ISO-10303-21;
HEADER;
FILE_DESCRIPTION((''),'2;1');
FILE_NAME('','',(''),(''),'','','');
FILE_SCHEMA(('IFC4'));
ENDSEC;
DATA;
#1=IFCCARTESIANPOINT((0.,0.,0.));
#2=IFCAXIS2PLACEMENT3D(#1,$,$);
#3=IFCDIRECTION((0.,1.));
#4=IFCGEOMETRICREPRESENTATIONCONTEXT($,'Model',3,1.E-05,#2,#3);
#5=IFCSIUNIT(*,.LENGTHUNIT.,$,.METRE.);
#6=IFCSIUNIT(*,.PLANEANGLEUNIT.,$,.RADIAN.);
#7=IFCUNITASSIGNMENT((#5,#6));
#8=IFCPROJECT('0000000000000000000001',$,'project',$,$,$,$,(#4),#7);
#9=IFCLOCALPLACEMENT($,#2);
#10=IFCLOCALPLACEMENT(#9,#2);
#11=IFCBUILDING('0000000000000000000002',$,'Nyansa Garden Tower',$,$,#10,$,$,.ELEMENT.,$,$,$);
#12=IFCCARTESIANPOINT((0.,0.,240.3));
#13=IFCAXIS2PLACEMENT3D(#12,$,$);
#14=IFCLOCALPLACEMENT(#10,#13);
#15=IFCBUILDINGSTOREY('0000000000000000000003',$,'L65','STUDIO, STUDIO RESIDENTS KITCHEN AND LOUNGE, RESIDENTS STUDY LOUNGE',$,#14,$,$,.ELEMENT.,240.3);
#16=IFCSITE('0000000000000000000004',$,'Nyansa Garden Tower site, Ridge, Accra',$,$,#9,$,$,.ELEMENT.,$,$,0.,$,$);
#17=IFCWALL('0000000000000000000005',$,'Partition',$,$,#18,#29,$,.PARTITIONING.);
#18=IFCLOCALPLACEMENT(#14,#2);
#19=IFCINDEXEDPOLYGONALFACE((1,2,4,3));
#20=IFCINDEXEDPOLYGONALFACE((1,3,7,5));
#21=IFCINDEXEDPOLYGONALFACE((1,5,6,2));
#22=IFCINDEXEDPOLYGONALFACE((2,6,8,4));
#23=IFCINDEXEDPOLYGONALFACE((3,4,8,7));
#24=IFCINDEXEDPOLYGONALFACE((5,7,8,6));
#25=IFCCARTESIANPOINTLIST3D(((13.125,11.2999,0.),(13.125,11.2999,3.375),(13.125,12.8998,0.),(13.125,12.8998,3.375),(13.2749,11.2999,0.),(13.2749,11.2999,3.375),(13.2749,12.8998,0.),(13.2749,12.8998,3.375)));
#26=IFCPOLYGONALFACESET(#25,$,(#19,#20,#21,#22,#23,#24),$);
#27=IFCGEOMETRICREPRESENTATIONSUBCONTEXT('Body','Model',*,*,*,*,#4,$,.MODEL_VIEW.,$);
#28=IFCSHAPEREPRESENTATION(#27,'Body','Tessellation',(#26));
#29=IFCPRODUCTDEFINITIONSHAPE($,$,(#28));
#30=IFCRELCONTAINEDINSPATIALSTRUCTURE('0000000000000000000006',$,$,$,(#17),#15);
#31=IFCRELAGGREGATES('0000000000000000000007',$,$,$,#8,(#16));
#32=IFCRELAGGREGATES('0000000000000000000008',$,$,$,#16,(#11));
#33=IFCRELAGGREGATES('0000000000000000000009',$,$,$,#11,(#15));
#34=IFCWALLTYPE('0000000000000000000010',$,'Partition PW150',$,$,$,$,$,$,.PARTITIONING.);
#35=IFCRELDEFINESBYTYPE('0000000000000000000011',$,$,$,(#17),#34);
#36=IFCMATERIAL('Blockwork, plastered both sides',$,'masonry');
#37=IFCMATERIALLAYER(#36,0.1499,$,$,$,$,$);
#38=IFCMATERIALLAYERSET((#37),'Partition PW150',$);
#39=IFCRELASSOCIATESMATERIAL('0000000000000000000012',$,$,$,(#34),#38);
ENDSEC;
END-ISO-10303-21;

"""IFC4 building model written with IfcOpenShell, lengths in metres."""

from ifc_helpers import new_model, si_unit, direction, frame, frame_2d, origin, place, context, subcontext, project, spatial, rectangle, extrude, material, layer, layer_set, type_object, element, save


model = new_model("IFC4")

# Units and contexts
model_context = context("Model", 3, precision=1e-05, world=origin(), true_north=direction((0.0, 1.0)))
body_context = subcontext(model_context, "Body", "Model", "MODEL_VIEW")
ifc_project = project(units=[si_unit("LENGTHUNIT", "METRE"), si_unit("PLANEANGLEUNIT", "RADIAN")], contexts=[model_context])

# Site, building, storey
site_placement = place(None, origin())
site = spatial("IfcSite", under=ifc_project, at=site_placement, Name="Nyansa Garden Tower site, Ridge, Accra", CompositionType="ELEMENT", RefElevation=0.0)
building_placement = place(site_placement, origin())
building = spatial("IfcBuilding", under=site, at=building_placement, Name="Nyansa Garden Tower", CompositionType="ELEMENT")
storey_placement = place(building_placement, frame((0.0, 0.0, 240.3)))
storey = spatial("IfcBuildingStorey", under=building, at=storey_placement, Name="L65", Description="STUDIO, STUDIO RESIDENTS KITCHEN AND LOUNGE, RESIDENTS STUDY LOUNGE", CompositionType="ELEMENT", Elevation=240.3)

# Shared definitions
ifc_material_1 = material(Name="Blockwork, plastered both sides", Category="masonry")
ifc_layer_1 = layer(ifc_material_1, 0.1499)
ifc_layer_set_1 = layer_set([ifc_layer_1], Name="Partition PW150")
wall_type_1 = type_object("IfcWallType", Name="Partition PW150", PredefinedType="PARTITIONING", material=ifc_layer_set_1)

# Wall
wall_1_placement = place(storey_placement, frame((13.2, 11.3, 0.0), z_axis=(0.0, 0.0, 1.0), x_axis=(0.0, 1.0, 0.0)))
element("IfcWall", 1, at=wall_1_placement, inside=storey, type_object=wall_type_1, Name="Partition", PredefinedType="PARTITIONING", context=body_context, shape_type="SweptSolid", body=[
    extrude(rectangle(XDim=1.5999, YDim=0.1499, at=frame_2d((0.7998, 0.0))), origin(), (0.0, 0.0, 1.0), 3.375),
])

save(model, "model.ifc")
